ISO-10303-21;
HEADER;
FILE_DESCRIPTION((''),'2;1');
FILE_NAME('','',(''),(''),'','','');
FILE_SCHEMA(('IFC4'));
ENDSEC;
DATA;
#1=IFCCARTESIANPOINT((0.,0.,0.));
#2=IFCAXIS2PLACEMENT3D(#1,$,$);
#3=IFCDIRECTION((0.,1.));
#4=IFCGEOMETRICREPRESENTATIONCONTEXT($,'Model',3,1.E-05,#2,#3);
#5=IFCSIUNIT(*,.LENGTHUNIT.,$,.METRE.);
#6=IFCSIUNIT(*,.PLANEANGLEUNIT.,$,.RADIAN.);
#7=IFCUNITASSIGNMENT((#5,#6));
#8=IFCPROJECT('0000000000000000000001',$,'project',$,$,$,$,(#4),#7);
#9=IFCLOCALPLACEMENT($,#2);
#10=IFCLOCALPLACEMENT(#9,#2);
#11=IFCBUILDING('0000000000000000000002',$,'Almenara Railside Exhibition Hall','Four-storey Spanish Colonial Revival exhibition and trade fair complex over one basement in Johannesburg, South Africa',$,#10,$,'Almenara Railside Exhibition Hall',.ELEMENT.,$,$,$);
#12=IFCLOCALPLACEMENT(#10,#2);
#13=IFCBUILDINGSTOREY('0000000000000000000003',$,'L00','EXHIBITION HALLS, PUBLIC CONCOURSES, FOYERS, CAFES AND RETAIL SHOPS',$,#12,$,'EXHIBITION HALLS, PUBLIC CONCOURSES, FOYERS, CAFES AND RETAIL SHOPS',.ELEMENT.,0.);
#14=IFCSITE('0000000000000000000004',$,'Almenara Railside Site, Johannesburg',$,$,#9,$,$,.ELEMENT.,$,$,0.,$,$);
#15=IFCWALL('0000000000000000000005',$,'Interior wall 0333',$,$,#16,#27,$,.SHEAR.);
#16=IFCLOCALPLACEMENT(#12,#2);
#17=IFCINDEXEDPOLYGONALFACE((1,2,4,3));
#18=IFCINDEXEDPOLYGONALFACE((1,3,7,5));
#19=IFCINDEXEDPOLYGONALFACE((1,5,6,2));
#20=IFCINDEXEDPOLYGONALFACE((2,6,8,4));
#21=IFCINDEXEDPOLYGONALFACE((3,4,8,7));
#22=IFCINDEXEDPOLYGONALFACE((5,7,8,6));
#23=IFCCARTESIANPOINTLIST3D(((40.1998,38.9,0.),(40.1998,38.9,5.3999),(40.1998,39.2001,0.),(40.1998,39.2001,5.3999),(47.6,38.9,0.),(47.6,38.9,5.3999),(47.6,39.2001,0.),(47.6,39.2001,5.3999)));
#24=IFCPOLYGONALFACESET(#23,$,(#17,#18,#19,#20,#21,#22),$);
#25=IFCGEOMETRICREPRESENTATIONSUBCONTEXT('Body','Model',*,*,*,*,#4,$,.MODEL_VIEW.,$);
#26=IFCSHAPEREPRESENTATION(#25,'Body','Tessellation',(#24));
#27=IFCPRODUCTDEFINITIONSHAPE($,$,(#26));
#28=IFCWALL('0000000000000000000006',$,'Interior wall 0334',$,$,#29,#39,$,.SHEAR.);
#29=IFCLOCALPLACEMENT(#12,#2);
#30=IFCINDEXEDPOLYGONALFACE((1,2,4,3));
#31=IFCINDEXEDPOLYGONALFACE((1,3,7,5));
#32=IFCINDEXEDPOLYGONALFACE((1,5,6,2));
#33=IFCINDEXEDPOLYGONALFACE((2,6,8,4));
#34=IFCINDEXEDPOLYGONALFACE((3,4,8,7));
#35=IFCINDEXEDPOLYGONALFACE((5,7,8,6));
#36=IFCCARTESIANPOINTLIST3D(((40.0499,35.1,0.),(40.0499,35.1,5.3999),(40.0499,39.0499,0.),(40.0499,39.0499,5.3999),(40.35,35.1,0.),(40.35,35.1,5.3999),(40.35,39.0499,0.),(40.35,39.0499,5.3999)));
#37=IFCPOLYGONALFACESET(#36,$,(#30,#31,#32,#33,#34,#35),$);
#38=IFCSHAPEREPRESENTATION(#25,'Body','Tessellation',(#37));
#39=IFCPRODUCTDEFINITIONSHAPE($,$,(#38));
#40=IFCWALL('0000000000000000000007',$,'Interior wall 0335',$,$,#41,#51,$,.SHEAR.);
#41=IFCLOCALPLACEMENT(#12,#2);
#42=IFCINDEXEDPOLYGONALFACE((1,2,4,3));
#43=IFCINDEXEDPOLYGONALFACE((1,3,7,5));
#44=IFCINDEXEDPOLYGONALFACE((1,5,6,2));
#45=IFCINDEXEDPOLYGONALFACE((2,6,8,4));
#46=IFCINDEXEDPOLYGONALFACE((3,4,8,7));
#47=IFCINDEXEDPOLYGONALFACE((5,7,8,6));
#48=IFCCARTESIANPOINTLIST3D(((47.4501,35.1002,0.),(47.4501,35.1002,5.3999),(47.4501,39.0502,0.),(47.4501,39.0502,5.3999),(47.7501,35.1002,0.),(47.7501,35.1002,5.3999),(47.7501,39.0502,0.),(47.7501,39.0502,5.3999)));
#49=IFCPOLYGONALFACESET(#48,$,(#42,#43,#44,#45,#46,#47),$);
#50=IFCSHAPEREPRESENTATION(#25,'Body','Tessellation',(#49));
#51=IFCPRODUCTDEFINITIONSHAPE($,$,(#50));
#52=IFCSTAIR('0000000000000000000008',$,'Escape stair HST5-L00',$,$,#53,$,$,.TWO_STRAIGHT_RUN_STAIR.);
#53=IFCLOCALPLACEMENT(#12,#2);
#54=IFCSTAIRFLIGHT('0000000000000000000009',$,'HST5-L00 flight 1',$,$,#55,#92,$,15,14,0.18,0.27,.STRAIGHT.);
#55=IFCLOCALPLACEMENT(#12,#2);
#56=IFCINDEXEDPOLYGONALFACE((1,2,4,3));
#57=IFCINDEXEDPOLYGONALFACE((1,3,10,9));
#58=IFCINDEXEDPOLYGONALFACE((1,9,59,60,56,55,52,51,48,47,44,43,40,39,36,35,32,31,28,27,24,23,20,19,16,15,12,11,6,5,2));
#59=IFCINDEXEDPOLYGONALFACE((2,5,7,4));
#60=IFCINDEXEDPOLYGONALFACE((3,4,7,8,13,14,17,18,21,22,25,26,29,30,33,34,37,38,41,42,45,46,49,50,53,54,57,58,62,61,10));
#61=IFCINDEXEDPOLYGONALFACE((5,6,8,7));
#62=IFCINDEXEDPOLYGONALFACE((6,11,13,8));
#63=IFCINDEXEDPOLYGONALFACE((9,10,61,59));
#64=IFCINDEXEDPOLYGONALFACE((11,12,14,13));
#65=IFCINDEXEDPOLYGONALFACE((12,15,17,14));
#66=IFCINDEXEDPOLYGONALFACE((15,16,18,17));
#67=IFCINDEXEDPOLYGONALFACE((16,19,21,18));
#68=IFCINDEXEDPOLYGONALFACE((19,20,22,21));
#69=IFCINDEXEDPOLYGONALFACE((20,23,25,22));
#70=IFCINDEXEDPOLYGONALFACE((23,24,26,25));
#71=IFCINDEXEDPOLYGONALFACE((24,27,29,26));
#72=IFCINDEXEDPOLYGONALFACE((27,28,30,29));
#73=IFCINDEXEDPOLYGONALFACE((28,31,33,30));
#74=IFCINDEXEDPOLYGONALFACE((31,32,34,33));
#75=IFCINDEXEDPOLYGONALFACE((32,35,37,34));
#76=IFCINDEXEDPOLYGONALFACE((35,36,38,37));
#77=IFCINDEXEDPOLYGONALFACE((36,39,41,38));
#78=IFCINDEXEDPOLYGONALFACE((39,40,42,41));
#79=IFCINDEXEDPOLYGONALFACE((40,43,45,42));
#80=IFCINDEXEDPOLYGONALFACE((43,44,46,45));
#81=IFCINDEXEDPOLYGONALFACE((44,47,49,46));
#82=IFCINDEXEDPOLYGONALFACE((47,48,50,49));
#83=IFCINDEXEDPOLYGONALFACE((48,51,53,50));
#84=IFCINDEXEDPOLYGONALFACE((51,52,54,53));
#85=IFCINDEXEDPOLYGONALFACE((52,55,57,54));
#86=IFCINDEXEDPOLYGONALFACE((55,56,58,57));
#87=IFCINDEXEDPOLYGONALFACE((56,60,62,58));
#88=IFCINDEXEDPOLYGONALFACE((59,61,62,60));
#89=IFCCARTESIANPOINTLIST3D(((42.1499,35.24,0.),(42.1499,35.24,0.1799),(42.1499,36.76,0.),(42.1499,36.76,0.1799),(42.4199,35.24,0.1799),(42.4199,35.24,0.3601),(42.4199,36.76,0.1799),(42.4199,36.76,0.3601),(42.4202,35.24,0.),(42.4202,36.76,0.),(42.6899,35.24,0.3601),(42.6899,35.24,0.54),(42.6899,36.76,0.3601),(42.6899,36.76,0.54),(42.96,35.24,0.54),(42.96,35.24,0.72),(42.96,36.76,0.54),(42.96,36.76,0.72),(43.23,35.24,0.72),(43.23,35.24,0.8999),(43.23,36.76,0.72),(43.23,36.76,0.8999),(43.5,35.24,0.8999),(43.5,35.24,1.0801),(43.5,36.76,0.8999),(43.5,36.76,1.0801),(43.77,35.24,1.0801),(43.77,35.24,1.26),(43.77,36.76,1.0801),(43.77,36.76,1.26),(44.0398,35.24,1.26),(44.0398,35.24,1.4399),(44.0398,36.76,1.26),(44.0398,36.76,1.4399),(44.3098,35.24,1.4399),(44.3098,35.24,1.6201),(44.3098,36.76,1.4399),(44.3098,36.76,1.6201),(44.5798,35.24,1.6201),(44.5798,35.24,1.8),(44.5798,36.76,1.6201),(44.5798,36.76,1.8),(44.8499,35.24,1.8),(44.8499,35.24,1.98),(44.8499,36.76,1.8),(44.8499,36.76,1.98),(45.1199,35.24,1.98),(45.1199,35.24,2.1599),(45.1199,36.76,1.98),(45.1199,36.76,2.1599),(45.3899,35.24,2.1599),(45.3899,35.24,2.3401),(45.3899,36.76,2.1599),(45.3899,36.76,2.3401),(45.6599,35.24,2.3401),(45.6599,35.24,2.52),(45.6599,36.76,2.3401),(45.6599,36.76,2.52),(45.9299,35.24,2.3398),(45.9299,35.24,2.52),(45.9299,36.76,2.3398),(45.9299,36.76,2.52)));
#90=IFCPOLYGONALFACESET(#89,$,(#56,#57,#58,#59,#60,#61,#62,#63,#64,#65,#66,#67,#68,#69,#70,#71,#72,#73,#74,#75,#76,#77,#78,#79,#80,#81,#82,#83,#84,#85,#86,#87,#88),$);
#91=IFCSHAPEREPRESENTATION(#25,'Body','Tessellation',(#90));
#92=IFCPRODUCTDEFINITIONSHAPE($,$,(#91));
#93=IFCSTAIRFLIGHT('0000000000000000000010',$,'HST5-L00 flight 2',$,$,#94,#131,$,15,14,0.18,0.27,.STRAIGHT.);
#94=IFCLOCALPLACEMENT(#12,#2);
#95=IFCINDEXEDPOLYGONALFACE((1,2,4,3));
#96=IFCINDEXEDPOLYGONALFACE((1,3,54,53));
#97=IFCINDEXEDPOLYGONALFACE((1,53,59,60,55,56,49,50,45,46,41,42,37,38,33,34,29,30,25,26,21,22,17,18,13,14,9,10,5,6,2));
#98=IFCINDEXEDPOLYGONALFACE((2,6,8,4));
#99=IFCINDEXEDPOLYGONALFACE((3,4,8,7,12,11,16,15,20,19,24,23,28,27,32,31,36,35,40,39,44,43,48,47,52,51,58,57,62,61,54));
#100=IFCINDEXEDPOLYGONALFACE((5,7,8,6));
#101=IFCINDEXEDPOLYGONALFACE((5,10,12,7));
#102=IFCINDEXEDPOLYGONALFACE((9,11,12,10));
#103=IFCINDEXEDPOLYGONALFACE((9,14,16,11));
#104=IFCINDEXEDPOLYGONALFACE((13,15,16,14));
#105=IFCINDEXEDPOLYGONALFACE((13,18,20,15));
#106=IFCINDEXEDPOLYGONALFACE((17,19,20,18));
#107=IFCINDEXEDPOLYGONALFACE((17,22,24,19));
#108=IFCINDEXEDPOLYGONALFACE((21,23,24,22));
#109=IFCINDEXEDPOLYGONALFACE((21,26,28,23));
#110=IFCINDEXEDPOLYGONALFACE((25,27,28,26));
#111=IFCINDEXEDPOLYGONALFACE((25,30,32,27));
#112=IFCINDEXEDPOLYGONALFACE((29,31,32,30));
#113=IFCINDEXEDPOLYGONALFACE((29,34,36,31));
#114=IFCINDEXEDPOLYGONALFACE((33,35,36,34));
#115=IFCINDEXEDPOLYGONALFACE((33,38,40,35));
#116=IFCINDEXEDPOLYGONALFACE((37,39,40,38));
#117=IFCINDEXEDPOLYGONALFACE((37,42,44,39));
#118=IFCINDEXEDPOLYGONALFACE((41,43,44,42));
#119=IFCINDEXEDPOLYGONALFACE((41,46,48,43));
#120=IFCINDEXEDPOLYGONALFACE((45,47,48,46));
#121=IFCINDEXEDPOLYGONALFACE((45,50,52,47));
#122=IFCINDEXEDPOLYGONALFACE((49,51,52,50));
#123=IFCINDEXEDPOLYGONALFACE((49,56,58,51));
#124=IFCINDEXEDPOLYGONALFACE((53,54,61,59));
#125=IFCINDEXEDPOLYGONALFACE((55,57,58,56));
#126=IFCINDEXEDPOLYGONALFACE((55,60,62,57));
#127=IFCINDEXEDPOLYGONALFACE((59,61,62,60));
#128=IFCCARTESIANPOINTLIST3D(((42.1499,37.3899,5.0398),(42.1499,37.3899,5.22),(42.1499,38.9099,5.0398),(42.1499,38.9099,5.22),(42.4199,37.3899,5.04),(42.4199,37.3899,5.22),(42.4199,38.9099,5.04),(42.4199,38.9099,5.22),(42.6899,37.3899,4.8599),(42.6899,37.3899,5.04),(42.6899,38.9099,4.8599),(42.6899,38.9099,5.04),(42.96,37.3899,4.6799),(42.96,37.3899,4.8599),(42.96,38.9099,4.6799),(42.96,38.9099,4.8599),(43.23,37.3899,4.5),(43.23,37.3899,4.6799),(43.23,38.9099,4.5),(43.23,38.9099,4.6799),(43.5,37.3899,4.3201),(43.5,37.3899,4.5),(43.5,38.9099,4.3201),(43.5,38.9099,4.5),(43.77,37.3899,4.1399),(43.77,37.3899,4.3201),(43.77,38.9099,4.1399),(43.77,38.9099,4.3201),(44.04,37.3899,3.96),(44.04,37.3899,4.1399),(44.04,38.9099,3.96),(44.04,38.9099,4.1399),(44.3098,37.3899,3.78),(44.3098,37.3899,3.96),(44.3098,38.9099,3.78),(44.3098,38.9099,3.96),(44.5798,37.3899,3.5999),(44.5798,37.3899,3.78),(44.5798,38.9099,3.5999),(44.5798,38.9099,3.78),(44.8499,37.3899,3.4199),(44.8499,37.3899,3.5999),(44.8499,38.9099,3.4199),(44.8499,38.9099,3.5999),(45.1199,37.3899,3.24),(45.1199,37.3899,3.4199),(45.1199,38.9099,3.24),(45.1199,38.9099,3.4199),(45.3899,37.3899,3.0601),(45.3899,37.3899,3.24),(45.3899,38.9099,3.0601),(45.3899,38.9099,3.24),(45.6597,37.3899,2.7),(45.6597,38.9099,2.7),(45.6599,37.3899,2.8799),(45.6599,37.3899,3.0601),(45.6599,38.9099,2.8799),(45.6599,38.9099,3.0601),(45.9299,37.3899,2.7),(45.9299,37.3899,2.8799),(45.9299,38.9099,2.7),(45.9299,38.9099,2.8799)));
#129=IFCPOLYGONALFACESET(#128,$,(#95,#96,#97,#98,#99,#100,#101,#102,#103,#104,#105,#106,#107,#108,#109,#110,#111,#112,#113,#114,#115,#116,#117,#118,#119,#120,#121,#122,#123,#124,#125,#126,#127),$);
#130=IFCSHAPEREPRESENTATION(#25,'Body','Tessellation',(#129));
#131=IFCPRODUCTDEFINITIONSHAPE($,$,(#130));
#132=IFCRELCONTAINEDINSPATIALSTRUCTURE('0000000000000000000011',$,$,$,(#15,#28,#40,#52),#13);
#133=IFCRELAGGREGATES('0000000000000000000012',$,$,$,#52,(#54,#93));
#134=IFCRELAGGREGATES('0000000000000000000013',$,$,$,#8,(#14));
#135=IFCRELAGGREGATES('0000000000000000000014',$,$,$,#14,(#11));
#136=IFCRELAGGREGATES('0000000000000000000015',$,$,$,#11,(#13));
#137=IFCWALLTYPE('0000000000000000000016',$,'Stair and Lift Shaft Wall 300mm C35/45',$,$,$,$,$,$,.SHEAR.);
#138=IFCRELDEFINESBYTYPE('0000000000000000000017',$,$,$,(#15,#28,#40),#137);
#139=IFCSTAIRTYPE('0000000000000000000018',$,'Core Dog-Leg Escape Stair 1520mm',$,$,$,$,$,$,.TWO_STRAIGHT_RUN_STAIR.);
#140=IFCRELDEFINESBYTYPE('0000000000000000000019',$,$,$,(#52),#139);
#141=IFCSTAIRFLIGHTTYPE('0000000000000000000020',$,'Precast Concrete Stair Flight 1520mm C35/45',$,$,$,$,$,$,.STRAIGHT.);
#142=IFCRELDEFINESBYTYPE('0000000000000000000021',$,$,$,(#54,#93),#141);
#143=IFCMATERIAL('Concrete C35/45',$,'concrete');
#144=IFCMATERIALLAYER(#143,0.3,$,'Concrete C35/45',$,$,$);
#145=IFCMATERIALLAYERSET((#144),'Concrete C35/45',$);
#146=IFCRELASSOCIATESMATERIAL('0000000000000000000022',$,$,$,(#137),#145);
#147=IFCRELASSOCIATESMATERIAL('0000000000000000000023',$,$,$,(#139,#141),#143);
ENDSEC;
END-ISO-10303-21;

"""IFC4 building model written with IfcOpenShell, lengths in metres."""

from ifc_helpers import new_model, si_unit, direction, frame, frame_2d, origin, place, context, subcontext, project, spatial, polyline, rectangle, outline, extrude, material, layer, layer_set, type_object, element, aggregate, save


model = new_model("IFC4")

# Units and contexts
model_context = context("Model", 3, precision=1e-05, world=origin(), true_north=direction((0.0, 1.0)))
body_context = subcontext(model_context, "Body", "Model", "MODEL_VIEW")
ifc_project = project(units=[si_unit("LENGTHUNIT", "METRE"), si_unit("PLANEANGLEUNIT", "RADIAN")], contexts=[model_context])

# Site, building, storey
site_placement = place(None, origin())
site = spatial("IfcSite", under=ifc_project, at=site_placement, Name="Almenara Railside Site, Johannesburg", CompositionType="ELEMENT", RefElevation=0.0)
building_placement = place(site_placement, origin())
building = spatial("IfcBuilding", under=site, at=building_placement, Name="Almenara Railside Exhibition Hall", Description="Four-storey Spanish Colonial Revival exhibition and trade fair complex over one basement in Johannesburg, South Africa", LongName="Almenara Railside Exhibition Hall", CompositionType="ELEMENT")
storey_placement = place(building_placement, origin())
storey = spatial("IfcBuildingStorey", under=building, at=storey_placement, Name="L00", Description="EXHIBITION HALLS, PUBLIC CONCOURSES, FOYERS, CAFES AND RETAIL SHOPS", LongName="EXHIBITION HALLS, PUBLIC CONCOURSES, FOYERS, CAFES AND RETAIL SHOPS", CompositionType="ELEMENT", Elevation=0.0)

# Shared definitions
ifc_material_1 = material(Name="Concrete C35/45", Category="concrete")

# Shared definitions
ifc_layer = layer(ifc_material_1, 0.3, Name="Concrete C35/45")
ifc_layer_set = layer_set([ifc_layer], Name="Concrete C35/45")
wall_type = type_object("IfcWallType", Name="Stair and Lift Shaft Wall 300mm C35/45", PredefinedType="SHEAR", material=ifc_layer_set)

# Walls
wall_1_placement = place(storey_placement, frame((47.6001, 39.05, 0.0), z_axis=(0.0, 0.0, 1.0), x_axis=(-1.0, 0.0, 0.0)))
element("IfcWall", 1, at=wall_1_placement, inside=storey, type_object=wall_type, Name="Interior wall 0333", PredefinedType="SHEAR", context=body_context, shape_type="SweptSolid", body=[
    extrude(rectangle(XDim=7.4001, YDim=0.3, at=frame_2d((3.7002, 0.0))), origin(), (0.0, 0.0, 1.0), 5.3999),
])
for number, where, z_axis, x_axis, name in (
    (2, (40.2, 39.05, 0.0), (0.0, 0.0, 1.0), (0.0, -1.0, 0.0), "Interior wall 0334"),
    (3, (47.6001, 35.1001, 0.0), (0.0, 0.0, 1.0), (0.0, 1.0, 0.0), "Interior wall 0335"),
):
    element("IfcWall", number, at=place(storey_placement, frame(where, z_axis=z_axis, x_axis=x_axis)), inside=storey, type_object=wall_type, Name=name, PredefinedType="SHEAR", context=body_context, shape_type="SweptSolid", body=[
        extrude(rectangle(XDim=3.95, YDim=0.3, at=frame_2d((1.9751, 0.0))), origin(), (0.0, 0.0, 1.0), 5.3999),
    ])

# Stair, stair flights
stair_type = type_object("IfcStairType", Name="Core Dog-Leg Escape Stair 1520mm", PredefinedType="TWO_STRAIGHT_RUN_STAIR", material=ifc_material_1)
stair_placement = place(storey_placement, origin())
stair = element("IfcStair", 4, at=stair_placement, inside=storey, type_object=stair_type, Name="Escape stair HST5-L00", PredefinedType="TWO_STRAIGHT_RUN_STAIR")
stair_flight_type = type_object("IfcStairFlightType", Name="Precast Concrete Stair Flight 1520mm C35/45", PredefinedType="STRAIGHT", material=ifc_material_1)
stair_flight_1_placement = place(storey_placement, frame((42.1499, 36.0, 0.0), z_axis=(0.0, 0.0, 1.0), x_axis=(1.0, 0.0, 0.0)))
stair_flight_1 = element("IfcStairFlight", 5, at=stair_flight_1_placement, type_object=stair_flight_type, Name="HST5-L00 flight 1", NumberOfRisers=15, NumberOfTreads=14, PredefinedType="STRAIGHT", RiserHeight=0.18, TreadLength=0.27, context=body_context, shape_type="SweptSolid", body=[
    extrude(outline(polyline([(0.0, 0.0), (0.0, 0.1799), (0.27, 0.1799), (0.27, 0.3601), (0.54, 0.3601), (0.54, 0.54), (0.8101, 0.54), (0.8101, 0.72), (1.0801, 0.72), (1.0801, 0.8999), (1.3501, 0.8999), (1.3501, 1.0801), (1.6201, 1.0801), (1.6201, 1.26), (1.8899, 1.26), (1.8899, 1.4399), (2.1599, 1.4399), (2.1599, 1.6201), (2.4299, 1.6201), (2.4299, 1.8), (2.7, 1.8), (2.7, 1.98), (2.97, 1.98), (2.97, 2.1599), (3.24, 2.1599), (3.24, 2.3401), (3.51, 2.3401), (3.51, 2.52), (3.78, 2.52), (3.78, 2.7), (3.78, 2.3398), (0.2703, 0.0), (0.0, 0.0)])), frame((0.0, 0.76, 0.0), z_axis=(0.0, -1.0, 0.0), x_axis=(1.0, 0.0, 0.0)), (0.0, 0.0, 1.0), 1.52),
])
stair_flight_2_placement = place(storey_placement, frame((45.9299, 38.1499, 2.7), z_axis=(0.0, 0.0, 1.0), x_axis=(-1.0, 0.0, 0.0)))
stair_flight_2 = element("IfcStairFlight", 6, at=stair_flight_2_placement, type_object=stair_flight_type, Name="HST5-L00 flight 2", NumberOfRisers=15, NumberOfTreads=14, PredefinedType="STRAIGHT", RiserHeight=0.18, TreadLength=0.27, context=body_context, shape_type="SweptSolid", body=[
    extrude(outline(polyline([(0.0, 0.0), (0.0, 0.1799), (0.27, 0.1799), (0.27, 0.3601), (0.54, 0.3601), (0.54, 0.54), (0.8101, 0.54), (0.8101, 0.72), (1.0801, 0.72), (1.0801, 0.8999), (1.3501, 0.8999), (1.3501, 1.0801), (1.6201, 1.0801), (1.6201, 1.26), (1.8899, 1.26), (1.8899, 1.4399), (2.1599, 1.4399), (2.1599, 1.6201), (2.4299, 1.6201), (2.4299, 1.8), (2.7, 1.8), (2.7, 1.98), (2.97, 1.98), (2.97, 2.1599), (3.24, 2.1599), (3.24, 2.3401), (3.51, 2.3401), (3.51, 2.52), (3.78, 2.52), (3.78, 2.7), (3.78, 2.3398), (0.2703, 0.0), (0.0, 0.0)])), frame((0.0, 0.76, 0.0), z_axis=(0.0, -1.0, 0.0), x_axis=(1.0, 0.0, 0.0)), (0.0, 0.0, 1.0), 1.52),
])
aggregate(stair, [stair_flight_1, stair_flight_2])

save(model, "model.ifc")
